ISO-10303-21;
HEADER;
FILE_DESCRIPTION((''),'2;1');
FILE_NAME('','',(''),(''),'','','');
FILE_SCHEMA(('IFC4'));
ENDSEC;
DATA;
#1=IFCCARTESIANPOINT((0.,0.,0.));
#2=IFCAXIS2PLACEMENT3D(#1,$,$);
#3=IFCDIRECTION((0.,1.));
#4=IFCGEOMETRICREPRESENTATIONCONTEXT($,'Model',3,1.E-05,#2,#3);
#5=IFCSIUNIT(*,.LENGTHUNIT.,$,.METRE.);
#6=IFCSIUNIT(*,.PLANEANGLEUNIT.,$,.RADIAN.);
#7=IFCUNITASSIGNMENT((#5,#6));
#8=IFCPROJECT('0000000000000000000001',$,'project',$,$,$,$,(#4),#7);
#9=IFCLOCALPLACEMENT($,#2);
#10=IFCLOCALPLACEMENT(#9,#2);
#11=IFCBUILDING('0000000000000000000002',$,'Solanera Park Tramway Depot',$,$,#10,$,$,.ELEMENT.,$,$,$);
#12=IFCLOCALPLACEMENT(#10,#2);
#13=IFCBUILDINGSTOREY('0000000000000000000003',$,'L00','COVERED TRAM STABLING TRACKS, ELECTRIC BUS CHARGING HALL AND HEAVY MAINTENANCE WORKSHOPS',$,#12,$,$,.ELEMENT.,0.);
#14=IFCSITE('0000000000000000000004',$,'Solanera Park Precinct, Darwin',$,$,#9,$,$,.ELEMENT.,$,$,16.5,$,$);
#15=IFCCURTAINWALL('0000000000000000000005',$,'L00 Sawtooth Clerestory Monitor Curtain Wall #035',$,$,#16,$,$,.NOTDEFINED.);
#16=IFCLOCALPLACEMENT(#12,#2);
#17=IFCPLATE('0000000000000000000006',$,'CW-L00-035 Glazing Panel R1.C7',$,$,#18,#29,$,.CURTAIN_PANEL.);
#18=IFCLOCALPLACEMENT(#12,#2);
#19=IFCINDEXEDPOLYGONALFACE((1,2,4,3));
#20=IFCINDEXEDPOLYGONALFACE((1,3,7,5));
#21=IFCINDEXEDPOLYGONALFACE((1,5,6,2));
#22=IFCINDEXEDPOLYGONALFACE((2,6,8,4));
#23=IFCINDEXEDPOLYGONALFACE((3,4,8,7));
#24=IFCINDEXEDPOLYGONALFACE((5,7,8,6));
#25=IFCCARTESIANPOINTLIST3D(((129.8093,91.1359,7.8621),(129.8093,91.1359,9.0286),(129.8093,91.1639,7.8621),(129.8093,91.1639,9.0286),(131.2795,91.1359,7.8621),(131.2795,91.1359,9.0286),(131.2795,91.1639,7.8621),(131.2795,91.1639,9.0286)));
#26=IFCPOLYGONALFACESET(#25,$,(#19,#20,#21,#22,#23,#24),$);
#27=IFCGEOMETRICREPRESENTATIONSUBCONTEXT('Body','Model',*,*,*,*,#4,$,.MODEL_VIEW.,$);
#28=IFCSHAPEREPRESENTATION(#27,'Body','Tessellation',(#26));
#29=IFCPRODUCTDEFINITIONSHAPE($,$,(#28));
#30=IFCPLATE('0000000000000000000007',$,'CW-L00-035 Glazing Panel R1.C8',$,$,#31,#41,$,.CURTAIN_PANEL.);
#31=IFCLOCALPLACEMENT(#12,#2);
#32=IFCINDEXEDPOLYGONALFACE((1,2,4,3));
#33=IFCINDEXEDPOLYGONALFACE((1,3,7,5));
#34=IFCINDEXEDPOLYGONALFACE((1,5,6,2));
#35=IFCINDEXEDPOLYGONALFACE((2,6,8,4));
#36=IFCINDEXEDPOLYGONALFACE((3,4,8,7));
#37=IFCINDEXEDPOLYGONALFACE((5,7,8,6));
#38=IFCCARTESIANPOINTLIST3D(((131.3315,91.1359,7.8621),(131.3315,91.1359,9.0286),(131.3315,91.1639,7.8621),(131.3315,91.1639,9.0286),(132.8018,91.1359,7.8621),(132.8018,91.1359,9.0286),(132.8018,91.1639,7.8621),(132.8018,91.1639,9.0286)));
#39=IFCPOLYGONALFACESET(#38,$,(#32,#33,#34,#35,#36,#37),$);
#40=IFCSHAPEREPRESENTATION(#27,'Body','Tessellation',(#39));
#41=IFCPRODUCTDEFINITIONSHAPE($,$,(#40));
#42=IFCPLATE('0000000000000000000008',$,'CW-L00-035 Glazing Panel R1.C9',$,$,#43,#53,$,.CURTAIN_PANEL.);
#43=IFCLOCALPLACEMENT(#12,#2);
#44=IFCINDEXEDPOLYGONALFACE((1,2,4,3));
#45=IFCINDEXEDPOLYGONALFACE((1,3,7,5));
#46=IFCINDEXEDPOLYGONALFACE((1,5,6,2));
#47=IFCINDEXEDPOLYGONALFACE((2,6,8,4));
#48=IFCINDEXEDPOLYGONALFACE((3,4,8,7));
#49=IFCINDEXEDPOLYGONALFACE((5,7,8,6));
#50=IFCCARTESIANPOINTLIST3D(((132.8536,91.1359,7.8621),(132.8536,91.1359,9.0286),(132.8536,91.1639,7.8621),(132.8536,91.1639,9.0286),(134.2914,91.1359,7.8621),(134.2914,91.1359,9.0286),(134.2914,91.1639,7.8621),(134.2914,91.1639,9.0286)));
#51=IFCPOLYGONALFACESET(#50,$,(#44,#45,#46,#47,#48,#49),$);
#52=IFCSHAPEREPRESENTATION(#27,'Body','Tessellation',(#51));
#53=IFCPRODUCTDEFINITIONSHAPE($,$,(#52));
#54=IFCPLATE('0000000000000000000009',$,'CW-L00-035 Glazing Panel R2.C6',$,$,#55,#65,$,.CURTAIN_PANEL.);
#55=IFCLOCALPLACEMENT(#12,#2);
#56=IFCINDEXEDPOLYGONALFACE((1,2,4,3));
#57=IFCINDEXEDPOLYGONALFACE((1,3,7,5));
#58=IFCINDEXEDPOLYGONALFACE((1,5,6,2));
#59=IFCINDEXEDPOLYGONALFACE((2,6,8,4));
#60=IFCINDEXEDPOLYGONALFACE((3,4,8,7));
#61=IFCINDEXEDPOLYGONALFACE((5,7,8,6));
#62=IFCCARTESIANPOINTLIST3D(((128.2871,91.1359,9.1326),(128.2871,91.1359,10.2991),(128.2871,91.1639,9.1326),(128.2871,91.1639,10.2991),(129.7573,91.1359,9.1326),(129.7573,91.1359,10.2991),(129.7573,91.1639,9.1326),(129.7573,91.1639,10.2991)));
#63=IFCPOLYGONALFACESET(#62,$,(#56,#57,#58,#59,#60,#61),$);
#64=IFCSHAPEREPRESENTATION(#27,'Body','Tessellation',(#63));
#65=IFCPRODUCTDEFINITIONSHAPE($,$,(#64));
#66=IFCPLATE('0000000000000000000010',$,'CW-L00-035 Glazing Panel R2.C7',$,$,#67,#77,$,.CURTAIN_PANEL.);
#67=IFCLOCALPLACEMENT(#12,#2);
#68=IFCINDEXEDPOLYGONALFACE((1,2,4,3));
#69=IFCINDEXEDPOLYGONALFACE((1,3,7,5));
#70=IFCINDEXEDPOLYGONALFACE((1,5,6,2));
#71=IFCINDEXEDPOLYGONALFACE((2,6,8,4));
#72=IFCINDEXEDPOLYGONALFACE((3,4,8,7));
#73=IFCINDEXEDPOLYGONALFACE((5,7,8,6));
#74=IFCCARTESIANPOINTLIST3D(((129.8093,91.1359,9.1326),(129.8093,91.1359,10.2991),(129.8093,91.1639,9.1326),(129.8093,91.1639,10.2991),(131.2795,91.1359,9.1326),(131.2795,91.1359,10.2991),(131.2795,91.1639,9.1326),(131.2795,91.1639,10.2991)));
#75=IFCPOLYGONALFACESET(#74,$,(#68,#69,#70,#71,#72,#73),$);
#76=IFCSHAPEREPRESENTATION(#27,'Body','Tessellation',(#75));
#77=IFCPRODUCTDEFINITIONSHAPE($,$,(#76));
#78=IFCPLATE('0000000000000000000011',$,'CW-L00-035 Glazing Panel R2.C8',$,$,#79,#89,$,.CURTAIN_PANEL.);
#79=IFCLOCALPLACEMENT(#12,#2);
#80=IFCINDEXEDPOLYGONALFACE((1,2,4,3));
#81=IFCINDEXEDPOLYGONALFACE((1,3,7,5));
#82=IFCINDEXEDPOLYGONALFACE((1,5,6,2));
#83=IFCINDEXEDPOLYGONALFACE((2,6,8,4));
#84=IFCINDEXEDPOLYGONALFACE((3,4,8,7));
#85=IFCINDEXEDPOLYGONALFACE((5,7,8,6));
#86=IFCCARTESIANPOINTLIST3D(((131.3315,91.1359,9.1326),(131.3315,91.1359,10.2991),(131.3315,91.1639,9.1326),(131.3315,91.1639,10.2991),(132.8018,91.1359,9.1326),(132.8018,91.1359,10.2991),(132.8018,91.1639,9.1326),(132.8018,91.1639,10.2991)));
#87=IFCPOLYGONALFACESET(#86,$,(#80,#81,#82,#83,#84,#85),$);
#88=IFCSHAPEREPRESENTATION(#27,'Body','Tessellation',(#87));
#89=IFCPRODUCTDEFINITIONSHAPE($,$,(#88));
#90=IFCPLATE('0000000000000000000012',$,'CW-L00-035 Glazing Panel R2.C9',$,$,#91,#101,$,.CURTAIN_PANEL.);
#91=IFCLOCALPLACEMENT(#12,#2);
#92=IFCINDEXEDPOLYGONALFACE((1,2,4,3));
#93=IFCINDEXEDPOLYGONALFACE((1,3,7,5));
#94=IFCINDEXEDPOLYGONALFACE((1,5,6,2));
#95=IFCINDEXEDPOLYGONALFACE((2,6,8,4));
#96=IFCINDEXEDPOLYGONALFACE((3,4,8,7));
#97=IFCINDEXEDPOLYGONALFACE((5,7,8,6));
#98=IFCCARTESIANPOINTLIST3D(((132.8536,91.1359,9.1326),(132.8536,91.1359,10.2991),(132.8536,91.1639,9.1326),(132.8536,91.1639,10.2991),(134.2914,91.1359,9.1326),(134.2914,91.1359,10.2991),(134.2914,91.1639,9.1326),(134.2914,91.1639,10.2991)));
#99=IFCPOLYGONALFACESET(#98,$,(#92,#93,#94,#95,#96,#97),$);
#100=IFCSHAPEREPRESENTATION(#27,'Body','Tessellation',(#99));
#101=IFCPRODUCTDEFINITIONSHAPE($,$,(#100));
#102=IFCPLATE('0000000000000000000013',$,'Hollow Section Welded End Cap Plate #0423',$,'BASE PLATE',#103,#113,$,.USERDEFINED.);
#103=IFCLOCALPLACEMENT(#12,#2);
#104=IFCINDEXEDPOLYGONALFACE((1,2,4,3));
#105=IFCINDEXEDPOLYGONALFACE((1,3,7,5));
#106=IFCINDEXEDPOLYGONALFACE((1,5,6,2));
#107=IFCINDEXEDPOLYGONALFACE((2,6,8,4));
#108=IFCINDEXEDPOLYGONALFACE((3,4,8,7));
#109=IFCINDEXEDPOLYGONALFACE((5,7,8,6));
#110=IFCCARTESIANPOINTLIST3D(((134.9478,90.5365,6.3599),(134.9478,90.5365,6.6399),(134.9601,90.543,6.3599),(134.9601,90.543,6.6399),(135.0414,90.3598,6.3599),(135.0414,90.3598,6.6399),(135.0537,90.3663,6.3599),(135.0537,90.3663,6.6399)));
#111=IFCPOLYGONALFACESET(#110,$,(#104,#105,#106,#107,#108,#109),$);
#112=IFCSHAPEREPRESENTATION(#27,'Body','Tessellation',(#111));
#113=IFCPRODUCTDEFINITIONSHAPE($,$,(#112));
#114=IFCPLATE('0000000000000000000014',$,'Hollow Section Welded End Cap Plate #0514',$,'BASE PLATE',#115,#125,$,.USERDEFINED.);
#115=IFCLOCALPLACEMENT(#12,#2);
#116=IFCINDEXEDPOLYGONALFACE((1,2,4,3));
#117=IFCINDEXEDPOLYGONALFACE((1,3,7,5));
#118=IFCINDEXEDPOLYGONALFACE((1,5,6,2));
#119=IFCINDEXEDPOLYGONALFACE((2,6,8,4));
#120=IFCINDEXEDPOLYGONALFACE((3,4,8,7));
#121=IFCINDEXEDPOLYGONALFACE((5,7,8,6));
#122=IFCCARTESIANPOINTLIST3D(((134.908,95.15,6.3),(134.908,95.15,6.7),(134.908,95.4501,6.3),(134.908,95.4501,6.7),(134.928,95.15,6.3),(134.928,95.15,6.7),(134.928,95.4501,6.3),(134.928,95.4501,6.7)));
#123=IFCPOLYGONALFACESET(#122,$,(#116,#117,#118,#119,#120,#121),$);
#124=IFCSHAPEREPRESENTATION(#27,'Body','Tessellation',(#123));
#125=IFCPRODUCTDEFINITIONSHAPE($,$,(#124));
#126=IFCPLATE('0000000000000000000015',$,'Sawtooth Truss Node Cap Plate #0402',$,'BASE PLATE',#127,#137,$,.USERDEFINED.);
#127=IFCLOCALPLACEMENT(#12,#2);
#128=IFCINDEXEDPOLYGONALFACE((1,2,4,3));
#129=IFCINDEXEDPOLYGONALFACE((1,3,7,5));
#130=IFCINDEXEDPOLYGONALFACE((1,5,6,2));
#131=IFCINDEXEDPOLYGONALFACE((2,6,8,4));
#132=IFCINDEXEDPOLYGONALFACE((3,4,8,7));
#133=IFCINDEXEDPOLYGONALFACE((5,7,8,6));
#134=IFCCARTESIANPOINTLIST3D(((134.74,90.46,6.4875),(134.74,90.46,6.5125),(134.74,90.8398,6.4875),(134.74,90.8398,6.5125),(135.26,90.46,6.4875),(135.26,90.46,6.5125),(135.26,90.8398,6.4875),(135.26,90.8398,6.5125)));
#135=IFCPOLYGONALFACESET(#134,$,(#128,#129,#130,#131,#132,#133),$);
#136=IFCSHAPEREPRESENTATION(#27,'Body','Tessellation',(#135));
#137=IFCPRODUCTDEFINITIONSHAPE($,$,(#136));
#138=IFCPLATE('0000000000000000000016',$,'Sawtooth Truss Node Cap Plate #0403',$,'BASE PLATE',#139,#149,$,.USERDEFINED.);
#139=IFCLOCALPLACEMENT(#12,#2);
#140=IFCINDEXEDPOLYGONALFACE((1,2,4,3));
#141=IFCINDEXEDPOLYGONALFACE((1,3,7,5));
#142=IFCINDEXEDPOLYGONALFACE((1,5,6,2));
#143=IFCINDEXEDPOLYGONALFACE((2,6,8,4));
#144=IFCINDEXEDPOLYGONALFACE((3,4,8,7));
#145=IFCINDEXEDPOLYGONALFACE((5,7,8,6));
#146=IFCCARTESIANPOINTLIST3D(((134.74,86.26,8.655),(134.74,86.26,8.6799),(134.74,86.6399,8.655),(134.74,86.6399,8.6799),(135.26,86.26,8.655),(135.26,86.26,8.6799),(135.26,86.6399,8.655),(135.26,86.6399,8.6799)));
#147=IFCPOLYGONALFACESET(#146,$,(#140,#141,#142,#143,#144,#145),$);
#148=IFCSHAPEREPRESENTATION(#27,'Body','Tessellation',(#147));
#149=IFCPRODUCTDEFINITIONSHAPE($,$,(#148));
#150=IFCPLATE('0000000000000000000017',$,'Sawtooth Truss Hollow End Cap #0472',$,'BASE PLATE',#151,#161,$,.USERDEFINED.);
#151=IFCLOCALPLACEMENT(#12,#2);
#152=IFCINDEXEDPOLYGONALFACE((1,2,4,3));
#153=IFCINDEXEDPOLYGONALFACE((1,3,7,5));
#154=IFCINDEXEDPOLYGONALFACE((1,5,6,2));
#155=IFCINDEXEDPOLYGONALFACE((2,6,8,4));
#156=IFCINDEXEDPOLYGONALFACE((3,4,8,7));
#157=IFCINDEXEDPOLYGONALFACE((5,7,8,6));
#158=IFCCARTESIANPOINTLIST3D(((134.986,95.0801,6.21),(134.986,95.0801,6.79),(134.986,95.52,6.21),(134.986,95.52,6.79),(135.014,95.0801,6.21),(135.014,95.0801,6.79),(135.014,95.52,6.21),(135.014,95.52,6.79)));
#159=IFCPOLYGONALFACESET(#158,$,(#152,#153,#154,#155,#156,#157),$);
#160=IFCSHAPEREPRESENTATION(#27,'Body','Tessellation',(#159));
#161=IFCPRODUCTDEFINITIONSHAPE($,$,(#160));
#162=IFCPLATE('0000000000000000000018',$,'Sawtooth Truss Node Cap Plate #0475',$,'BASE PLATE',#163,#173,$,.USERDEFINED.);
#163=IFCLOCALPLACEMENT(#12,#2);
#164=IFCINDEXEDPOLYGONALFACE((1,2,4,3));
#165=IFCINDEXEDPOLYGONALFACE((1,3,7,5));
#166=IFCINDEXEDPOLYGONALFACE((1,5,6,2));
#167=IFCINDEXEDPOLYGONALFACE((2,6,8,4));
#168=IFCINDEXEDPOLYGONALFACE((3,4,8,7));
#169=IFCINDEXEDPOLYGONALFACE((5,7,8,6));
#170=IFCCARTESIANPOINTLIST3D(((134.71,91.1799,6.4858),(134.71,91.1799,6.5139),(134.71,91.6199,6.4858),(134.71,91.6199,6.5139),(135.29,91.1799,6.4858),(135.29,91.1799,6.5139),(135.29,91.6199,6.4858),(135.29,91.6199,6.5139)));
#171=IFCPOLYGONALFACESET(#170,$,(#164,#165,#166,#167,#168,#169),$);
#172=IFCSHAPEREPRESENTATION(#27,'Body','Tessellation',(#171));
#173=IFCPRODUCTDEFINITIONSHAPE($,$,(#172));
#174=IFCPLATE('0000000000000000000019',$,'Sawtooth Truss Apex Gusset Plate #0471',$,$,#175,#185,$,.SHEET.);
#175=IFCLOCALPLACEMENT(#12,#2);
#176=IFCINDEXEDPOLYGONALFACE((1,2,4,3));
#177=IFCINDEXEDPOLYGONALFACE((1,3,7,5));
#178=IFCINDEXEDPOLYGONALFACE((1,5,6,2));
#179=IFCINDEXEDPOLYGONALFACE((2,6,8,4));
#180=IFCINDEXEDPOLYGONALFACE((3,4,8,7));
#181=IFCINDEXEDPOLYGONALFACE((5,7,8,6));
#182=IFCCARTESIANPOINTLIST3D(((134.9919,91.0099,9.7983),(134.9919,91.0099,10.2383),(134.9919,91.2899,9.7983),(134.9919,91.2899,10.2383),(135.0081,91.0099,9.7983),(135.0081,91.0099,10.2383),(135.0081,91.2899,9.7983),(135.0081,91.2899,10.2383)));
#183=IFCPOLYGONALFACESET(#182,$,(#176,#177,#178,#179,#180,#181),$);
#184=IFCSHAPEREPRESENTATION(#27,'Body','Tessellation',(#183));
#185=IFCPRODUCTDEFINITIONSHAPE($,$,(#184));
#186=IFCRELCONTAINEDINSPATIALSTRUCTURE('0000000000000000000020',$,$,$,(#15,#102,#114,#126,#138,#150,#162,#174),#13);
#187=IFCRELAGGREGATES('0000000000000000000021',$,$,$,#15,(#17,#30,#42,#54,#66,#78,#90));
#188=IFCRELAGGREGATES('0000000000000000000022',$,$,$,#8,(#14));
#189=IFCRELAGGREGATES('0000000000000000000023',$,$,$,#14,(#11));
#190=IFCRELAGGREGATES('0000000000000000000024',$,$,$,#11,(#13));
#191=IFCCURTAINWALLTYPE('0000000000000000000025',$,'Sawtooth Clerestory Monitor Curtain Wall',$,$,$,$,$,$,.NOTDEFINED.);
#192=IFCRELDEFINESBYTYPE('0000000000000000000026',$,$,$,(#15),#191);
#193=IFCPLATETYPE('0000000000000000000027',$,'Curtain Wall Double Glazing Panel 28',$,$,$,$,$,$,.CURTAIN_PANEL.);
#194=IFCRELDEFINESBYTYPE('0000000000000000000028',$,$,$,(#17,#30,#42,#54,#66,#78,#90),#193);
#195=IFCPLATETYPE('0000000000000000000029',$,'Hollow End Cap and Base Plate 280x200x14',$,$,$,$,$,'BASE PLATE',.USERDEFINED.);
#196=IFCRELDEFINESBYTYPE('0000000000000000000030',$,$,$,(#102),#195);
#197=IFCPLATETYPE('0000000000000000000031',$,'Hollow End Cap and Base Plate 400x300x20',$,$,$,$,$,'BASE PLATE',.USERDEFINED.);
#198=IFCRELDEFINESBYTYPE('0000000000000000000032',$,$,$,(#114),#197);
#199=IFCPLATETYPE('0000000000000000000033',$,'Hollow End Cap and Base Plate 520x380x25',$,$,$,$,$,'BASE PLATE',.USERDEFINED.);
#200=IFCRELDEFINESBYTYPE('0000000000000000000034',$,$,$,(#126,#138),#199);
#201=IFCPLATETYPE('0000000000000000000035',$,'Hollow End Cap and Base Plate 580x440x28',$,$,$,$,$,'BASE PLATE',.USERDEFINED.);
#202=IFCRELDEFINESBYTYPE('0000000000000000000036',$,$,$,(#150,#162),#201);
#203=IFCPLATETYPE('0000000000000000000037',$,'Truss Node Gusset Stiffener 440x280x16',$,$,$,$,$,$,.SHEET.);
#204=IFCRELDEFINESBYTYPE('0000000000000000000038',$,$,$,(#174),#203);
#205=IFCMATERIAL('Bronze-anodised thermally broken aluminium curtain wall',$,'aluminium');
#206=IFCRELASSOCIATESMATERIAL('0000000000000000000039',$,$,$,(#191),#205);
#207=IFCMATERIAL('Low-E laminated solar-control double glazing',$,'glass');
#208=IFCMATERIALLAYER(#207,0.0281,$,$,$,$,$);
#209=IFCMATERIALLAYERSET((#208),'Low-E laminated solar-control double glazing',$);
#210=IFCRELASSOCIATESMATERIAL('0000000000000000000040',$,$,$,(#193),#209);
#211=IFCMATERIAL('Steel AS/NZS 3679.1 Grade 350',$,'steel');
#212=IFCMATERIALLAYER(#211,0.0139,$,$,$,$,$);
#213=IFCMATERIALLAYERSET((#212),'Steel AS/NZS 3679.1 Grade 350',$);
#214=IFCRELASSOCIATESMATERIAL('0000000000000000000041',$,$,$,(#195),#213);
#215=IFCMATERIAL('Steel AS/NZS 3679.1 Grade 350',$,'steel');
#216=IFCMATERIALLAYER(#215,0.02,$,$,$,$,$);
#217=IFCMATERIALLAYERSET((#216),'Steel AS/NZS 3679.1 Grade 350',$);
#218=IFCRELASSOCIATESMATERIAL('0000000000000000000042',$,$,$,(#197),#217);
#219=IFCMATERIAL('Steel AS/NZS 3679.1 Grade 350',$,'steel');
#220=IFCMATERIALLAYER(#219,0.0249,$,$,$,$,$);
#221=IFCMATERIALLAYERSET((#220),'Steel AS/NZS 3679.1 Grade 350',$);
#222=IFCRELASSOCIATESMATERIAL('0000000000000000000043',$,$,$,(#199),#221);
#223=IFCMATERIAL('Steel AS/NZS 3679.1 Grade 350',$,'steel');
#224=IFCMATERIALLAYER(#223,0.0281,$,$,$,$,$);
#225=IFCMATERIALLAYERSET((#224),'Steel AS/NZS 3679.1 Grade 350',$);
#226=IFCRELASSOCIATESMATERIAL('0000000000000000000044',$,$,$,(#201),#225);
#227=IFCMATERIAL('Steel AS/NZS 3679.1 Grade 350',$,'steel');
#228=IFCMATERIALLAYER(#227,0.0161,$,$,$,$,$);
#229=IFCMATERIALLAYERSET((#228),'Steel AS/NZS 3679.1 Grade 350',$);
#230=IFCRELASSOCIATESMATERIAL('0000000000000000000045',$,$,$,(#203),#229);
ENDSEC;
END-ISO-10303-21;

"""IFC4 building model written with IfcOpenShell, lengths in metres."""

from ifc_helpers import new_model, si_unit, direction, frame, origin, origin_2d, place, context, subcontext, project, spatial, rectangle, extrude, material, layer, layer_set, type_object, element, aggregate, save


model = new_model("IFC4")

# Units and contexts
model_context = context("Model", 3, precision=1e-05, world=origin(), true_north=direction((0.0, 1.0)))
body_context = subcontext(model_context, "Body", "Model", "MODEL_VIEW")
ifc_project = project(units=[si_unit("LENGTHUNIT", "METRE"), si_unit("PLANEANGLEUNIT", "RADIAN")], contexts=[model_context])

# Site, building, storey
site_placement = place(None, origin())
site = spatial("IfcSite", under=ifc_project, at=site_placement, Name="Solanera Park Precinct, Darwin", CompositionType="ELEMENT", RefElevation=16.5)
building_placement = place(site_placement, origin())
building = spatial("IfcBuilding", under=site, at=building_placement, Name="Solanera Park Tramway Depot", CompositionType="ELEMENT")
storey_placement = place(building_placement, origin())
storey = spatial("IfcBuildingStorey", under=building, at=storey_placement, Name="L00", Description="COVERED TRAM STABLING TRACKS, ELECTRIC BUS CHARGING HALL AND HEAVY MAINTENANCE WORKSHOPS", CompositionType="ELEMENT", Elevation=0.0)

# Curtain wall
ifc_material_1 = material(Name="Bronze-anodised thermally broken aluminium curtain wall", Category="aluminium")
curtain_wall_type = type_object("IfcCurtainWallType", Name="Sawtooth Clerestory Monitor Curtain Wall", PredefinedType="NOTDEFINED", material=ifc_material_1)
curtain_wall_placement = place(storey_placement, origin())
curtain_wall = element("IfcCurtainWall", 1, at=curtain_wall_placement, inside=storey, type_object=curtain_wall_type, Name="L00 Sawtooth Clerestory Monitor Curtain Wall #035", PredefinedType="NOTDEFINED")

# Plates
ifc_material_2 = material(Name="Low-E laminated solar-control double glazing", Category="glass")
ifc_layer_1 = layer(ifc_material_2, 0.0281)
ifc_layer_set_1 = layer_set([ifc_layer_1], Name="Low-E laminated solar-control double glazing")
plate_type_1 = type_object("IfcPlateType", Name="Curtain Wall Double Glazing Panel 28", PredefinedType="CURTAIN_PANEL", material=ifc_layer_set_1)
plate_1_placement = place(storey_placement, frame((130.5444, 91.1499, 7.8621), z_axis=(0.0, 0.0, 1.0), x_axis=(1.0, 0.0, 0.0)))
plate_1 = element("IfcPlate", 2, at=plate_1_placement, type_object=plate_type_1, Name="CW-L00-035 Glazing Panel R1.C7", PredefinedType="CURTAIN_PANEL", context=body_context, shape_type="SweptSolid", body=[
    extrude(rectangle(XDim=1.4702, YDim=0.0281, at=origin_2d()), origin(), (0.0, 0.0, 1.0), 1.1665),
])
plate_2_placement = place(storey_placement, frame((132.0667, 91.1499, 7.8621), z_axis=(0.0, 0.0, 1.0), x_axis=(1.0, 0.0, 0.0)))
plate_2 = element("IfcPlate", 3, at=plate_2_placement, type_object=plate_type_1, Name="CW-L00-035 Glazing Panel R1.C8", PredefinedType="CURTAIN_PANEL", context=body_context, shape_type="SweptSolid", body=[
    extrude(rectangle(XDim=1.4702, YDim=0.0281, at=origin_2d()), origin(), (0.0, 0.0, 1.0), 1.1665),
])
plate_3_placement = place(storey_placement, frame((133.5725, 91.1499, 7.8621), z_axis=(0.0, 0.0, 1.0), x_axis=(1.0, 0.0, 0.0)))
plate_3 = element("IfcPlate", 4, at=plate_3_placement, type_object=plate_type_1, Name="CW-L00-035 Glazing Panel R1.C9", PredefinedType="CURTAIN_PANEL", context=body_context, shape_type="SweptSolid", body=[
    extrude(rectangle(XDim=1.4377, YDim=0.0281, at=origin_2d()), origin(), (0.0, 0.0, 1.0), 1.1665),
])
plate_4_placement = place(storey_placement, frame((129.0222, 91.1499, 9.1326), z_axis=(0.0, 0.0, 1.0), x_axis=(1.0, 0.0, 0.0)))
plate_4 = element("IfcPlate", 5, at=plate_4_placement, type_object=plate_type_1, Name="CW-L00-035 Glazing Panel R2.C6", PredefinedType="CURTAIN_PANEL", context=body_context, shape_type="SweptSolid", body=[
    extrude(rectangle(XDim=1.4702, YDim=0.0281, at=origin_2d()), origin(), (0.0, 0.0, 1.0), 1.1665),
])
plate_5_placement = place(storey_placement, frame((130.5444, 91.1499, 9.1326), z_axis=(0.0, 0.0, 1.0), x_axis=(1.0, 0.0, 0.0)))
plate_5 = element("IfcPlate", 6, at=plate_5_placement, type_object=plate_type_1, Name="CW-L00-035 Glazing Panel R2.C7", PredefinedType="CURTAIN_PANEL", context=body_context, shape_type="SweptSolid", body=[
    extrude(rectangle(XDim=1.4702, YDim=0.0281, at=origin_2d()), origin(), (0.0, 0.0, 1.0), 1.1665),
])
plate_6_placement = place(storey_placement, frame((132.0667, 91.1499, 9.1326), z_axis=(0.0, 0.0, 1.0), x_axis=(1.0, 0.0, 0.0)))
plate_6 = element("IfcPlate", 7, at=plate_6_placement, type_object=plate_type_1, Name="CW-L00-035 Glazing Panel R2.C8", PredefinedType="CURTAIN_PANEL", context=body_context, shape_type="SweptSolid", body=[
    extrude(rectangle(XDim=1.4702, YDim=0.0281, at=origin_2d()), origin(), (0.0, 0.0, 1.0), 1.1665),
])
plate_7_placement = place(storey_placement, frame((133.5725, 91.1499, 9.1326), z_axis=(0.0, 0.0, 1.0), x_axis=(1.0, 0.0, 0.0)))
plate_7 = element("IfcPlate", 8, at=plate_7_placement, type_object=plate_type_1, Name="CW-L00-035 Glazing Panel R2.C9", PredefinedType="CURTAIN_PANEL", context=body_context, shape_type="SweptSolid", body=[
    extrude(rectangle(XDim=1.4377, YDim=0.0281, at=origin_2d()), origin(), (0.0, 0.0, 1.0), 1.1665),
])
aggregate(curtain_wall, [plate_1, plate_2, plate_3, plate_4, plate_5, plate_6, plate_7])

# Plates
ifc_material_3 = material(Name="Steel AS/NZS 3679.1 Grade 350", Category="steel")
ifc_layer_2 = layer(ifc_material_3, 0.0139)
ifc_layer_set_2 = layer_set([ifc_layer_2], Name="Steel AS/NZS 3679.1 Grade 350")
plate_type_2 = type_object("IfcPlateType", Name="Hollow End Cap and Base Plate 280x200x14", ElementType="BASE PLATE", PredefinedType="USERDEFINED", material=ifc_layer_set_2)
plate_8_placement = place(storey_placement, frame((135.0007, 90.4514, 6.3599), z_axis=(0.0, 0.0, 1.0), x_axis=(0.883521, 0.468392, 0.0)))
element("IfcPlate", 9, at=plate_8_placement, inside=storey, type_object=plate_type_2, Name="Hollow Section Welded End Cap Plate #0423", ObjectType="BASE PLATE", PredefinedType="USERDEFINED", context=body_context, shape_type="SweptSolid", body=[
    extrude(rectangle(XDim=0.0139, YDim=0.2, at=origin_2d()), origin(), (0.0, 0.0, 1.0), 0.28),
])
ifc_material_4 = material(Name="Steel AS/NZS 3679.1 Grade 350", Category="steel")
ifc_layer_3 = layer(ifc_material_4, 0.02)
ifc_layer_set_3 = layer_set([ifc_layer_3], Name="Steel AS/NZS 3679.1 Grade 350")
plate_type_3 = type_object("IfcPlateType", Name="Hollow End Cap and Base Plate 400x300x20", ElementType="BASE PLATE", PredefinedType="USERDEFINED", material=ifc_layer_set_3)
plate_9_placement = place(storey_placement, frame((134.918, 95.3, 6.3), z_axis=(0.0, 0.0, 1.0), x_axis=(1.0, 0.0, 0.0)))
element("IfcPlate", 10, at=plate_9_placement, inside=storey, type_object=plate_type_3, Name="Hollow Section Welded End Cap Plate #0514", ObjectType="BASE PLATE", PredefinedType="USERDEFINED", context=body_context, shape_type="SweptSolid", body=[
    extrude(rectangle(XDim=0.02, YDim=0.3, at=origin_2d()), origin(), (0.0, 0.0, 1.0), 0.3999),
])
ifc_material_5 = material(Name="Steel AS/NZS 3679.1 Grade 350", Category="steel")
ifc_layer_4 = layer(ifc_material_5, 0.0249)
ifc_layer_set_4 = layer_set([ifc_layer_4], Name="Steel AS/NZS 3679.1 Grade 350")
plate_type_4 = type_object("IfcPlateType", Name="Hollow End Cap and Base Plate 520x380x25", ElementType="BASE PLATE", PredefinedType="USERDEFINED", material=ifc_layer_set_4)
for number, where, z_axis, x_axis, name in (
    (11, (135.0, 90.6499, 6.4875), (0.0, 0.0, 1.0), (1.0, 0.0, 0.0), "Sawtooth Truss Node Cap Plate #0402"),
    (12, (135.0, 86.45, 8.655), (0.0, 0.0, 1.0), (1.0, 0.0, 0.0), "Sawtooth Truss Node Cap Plate #0403"),
):
    element("IfcPlate", number, at=place(storey_placement, frame(where, z_axis=z_axis, x_axis=x_axis)), inside=storey, type_object=plate_type_4, Name=name, ObjectType="BASE PLATE", PredefinedType="USERDEFINED", context=body_context, shape_type="SweptSolid", body=[
        extrude(rectangle(XDim=0.52, YDim=0.3799, at=origin_2d()), origin(), (0.0, 0.0, 1.0), 0.0249),
    ])
ifc_material_6 = material(Name="Steel AS/NZS 3679.1 Grade 350", Category="steel")
ifc_layer_5 = layer(ifc_material_6, 0.0281)
ifc_layer_set_5 = layer_set([ifc_layer_5], Name="Steel AS/NZS 3679.1 Grade 350")
plate_type_5 = type_object("IfcPlateType", Name="Hollow End Cap and Base Plate 580x440x28", ElementType="BASE PLATE", PredefinedType="USERDEFINED", material=ifc_layer_set_5)
plate_10_placement = place(storey_placement, frame((135.0, 95.3, 6.21), z_axis=(0.0, 0.0, 1.0), x_axis=(1.0, 0.0, 0.0)))
element("IfcPlate", 13, at=plate_10_placement, inside=storey, type_object=plate_type_5, Name="Sawtooth Truss Hollow End Cap #0472", ObjectType="BASE PLATE", PredefinedType="USERDEFINED", context=body_context, shape_type="SweptSolid", body=[
    extrude(rectangle(XDim=0.0281, YDim=0.4399, at=origin_2d()), origin(), (0.0, 0.0, 1.0), 0.5801),
])
plate_11_placement = place(storey_placement, frame((135.0, 91.3999, 6.4858), z_axis=(0.0, 0.0, 1.0), x_axis=(1.0, 0.0, 0.0)))
element("IfcPlate", 14, at=plate_11_placement, inside=storey, type_object=plate_type_5, Name="Sawtooth Truss Node Cap Plate #0475", ObjectType="BASE PLATE", PredefinedType="USERDEFINED", context=body_context, shape_type="SweptSolid", body=[
    extrude(rectangle(XDim=0.5801, YDim=0.4399, at=origin_2d()), origin(), (0.0, 0.0, 1.0), 0.0281),
])
ifc_material_7 = material(Name="Steel AS/NZS 3679.1 Grade 350", Category="steel")
ifc_layer_6 = layer(ifc_material_7, 0.0161)
ifc_layer_set_6 = layer_set([ifc_layer_6], Name="Steel AS/NZS 3679.1 Grade 350")
plate_type_6 = type_object("IfcPlateType", Name="Truss Node Gusset Stiffener 440x280x16", PredefinedType="SHEET", material=ifc_layer_set_6)
plate_12_placement = place(storey_placement, frame((135.0, 91.1499, 9.7983), z_axis=(0.0, 0.0, 1.0), x_axis=(1.0, 0.0, 0.0)))
element("IfcPlate", 15, at=plate_12_placement, inside=storey, type_object=plate_type_6, Name="Sawtooth Truss Apex Gusset Plate #0471", PredefinedType="SHEET", context=body_context, shape_type="SweptSolid", body=[
    extrude(rectangle(XDim=0.0161, YDim=0.28, at=origin_2d()), origin(), (0.0, 0.0, 1.0), 0.4399),
])

save(model, "model.ifc")
